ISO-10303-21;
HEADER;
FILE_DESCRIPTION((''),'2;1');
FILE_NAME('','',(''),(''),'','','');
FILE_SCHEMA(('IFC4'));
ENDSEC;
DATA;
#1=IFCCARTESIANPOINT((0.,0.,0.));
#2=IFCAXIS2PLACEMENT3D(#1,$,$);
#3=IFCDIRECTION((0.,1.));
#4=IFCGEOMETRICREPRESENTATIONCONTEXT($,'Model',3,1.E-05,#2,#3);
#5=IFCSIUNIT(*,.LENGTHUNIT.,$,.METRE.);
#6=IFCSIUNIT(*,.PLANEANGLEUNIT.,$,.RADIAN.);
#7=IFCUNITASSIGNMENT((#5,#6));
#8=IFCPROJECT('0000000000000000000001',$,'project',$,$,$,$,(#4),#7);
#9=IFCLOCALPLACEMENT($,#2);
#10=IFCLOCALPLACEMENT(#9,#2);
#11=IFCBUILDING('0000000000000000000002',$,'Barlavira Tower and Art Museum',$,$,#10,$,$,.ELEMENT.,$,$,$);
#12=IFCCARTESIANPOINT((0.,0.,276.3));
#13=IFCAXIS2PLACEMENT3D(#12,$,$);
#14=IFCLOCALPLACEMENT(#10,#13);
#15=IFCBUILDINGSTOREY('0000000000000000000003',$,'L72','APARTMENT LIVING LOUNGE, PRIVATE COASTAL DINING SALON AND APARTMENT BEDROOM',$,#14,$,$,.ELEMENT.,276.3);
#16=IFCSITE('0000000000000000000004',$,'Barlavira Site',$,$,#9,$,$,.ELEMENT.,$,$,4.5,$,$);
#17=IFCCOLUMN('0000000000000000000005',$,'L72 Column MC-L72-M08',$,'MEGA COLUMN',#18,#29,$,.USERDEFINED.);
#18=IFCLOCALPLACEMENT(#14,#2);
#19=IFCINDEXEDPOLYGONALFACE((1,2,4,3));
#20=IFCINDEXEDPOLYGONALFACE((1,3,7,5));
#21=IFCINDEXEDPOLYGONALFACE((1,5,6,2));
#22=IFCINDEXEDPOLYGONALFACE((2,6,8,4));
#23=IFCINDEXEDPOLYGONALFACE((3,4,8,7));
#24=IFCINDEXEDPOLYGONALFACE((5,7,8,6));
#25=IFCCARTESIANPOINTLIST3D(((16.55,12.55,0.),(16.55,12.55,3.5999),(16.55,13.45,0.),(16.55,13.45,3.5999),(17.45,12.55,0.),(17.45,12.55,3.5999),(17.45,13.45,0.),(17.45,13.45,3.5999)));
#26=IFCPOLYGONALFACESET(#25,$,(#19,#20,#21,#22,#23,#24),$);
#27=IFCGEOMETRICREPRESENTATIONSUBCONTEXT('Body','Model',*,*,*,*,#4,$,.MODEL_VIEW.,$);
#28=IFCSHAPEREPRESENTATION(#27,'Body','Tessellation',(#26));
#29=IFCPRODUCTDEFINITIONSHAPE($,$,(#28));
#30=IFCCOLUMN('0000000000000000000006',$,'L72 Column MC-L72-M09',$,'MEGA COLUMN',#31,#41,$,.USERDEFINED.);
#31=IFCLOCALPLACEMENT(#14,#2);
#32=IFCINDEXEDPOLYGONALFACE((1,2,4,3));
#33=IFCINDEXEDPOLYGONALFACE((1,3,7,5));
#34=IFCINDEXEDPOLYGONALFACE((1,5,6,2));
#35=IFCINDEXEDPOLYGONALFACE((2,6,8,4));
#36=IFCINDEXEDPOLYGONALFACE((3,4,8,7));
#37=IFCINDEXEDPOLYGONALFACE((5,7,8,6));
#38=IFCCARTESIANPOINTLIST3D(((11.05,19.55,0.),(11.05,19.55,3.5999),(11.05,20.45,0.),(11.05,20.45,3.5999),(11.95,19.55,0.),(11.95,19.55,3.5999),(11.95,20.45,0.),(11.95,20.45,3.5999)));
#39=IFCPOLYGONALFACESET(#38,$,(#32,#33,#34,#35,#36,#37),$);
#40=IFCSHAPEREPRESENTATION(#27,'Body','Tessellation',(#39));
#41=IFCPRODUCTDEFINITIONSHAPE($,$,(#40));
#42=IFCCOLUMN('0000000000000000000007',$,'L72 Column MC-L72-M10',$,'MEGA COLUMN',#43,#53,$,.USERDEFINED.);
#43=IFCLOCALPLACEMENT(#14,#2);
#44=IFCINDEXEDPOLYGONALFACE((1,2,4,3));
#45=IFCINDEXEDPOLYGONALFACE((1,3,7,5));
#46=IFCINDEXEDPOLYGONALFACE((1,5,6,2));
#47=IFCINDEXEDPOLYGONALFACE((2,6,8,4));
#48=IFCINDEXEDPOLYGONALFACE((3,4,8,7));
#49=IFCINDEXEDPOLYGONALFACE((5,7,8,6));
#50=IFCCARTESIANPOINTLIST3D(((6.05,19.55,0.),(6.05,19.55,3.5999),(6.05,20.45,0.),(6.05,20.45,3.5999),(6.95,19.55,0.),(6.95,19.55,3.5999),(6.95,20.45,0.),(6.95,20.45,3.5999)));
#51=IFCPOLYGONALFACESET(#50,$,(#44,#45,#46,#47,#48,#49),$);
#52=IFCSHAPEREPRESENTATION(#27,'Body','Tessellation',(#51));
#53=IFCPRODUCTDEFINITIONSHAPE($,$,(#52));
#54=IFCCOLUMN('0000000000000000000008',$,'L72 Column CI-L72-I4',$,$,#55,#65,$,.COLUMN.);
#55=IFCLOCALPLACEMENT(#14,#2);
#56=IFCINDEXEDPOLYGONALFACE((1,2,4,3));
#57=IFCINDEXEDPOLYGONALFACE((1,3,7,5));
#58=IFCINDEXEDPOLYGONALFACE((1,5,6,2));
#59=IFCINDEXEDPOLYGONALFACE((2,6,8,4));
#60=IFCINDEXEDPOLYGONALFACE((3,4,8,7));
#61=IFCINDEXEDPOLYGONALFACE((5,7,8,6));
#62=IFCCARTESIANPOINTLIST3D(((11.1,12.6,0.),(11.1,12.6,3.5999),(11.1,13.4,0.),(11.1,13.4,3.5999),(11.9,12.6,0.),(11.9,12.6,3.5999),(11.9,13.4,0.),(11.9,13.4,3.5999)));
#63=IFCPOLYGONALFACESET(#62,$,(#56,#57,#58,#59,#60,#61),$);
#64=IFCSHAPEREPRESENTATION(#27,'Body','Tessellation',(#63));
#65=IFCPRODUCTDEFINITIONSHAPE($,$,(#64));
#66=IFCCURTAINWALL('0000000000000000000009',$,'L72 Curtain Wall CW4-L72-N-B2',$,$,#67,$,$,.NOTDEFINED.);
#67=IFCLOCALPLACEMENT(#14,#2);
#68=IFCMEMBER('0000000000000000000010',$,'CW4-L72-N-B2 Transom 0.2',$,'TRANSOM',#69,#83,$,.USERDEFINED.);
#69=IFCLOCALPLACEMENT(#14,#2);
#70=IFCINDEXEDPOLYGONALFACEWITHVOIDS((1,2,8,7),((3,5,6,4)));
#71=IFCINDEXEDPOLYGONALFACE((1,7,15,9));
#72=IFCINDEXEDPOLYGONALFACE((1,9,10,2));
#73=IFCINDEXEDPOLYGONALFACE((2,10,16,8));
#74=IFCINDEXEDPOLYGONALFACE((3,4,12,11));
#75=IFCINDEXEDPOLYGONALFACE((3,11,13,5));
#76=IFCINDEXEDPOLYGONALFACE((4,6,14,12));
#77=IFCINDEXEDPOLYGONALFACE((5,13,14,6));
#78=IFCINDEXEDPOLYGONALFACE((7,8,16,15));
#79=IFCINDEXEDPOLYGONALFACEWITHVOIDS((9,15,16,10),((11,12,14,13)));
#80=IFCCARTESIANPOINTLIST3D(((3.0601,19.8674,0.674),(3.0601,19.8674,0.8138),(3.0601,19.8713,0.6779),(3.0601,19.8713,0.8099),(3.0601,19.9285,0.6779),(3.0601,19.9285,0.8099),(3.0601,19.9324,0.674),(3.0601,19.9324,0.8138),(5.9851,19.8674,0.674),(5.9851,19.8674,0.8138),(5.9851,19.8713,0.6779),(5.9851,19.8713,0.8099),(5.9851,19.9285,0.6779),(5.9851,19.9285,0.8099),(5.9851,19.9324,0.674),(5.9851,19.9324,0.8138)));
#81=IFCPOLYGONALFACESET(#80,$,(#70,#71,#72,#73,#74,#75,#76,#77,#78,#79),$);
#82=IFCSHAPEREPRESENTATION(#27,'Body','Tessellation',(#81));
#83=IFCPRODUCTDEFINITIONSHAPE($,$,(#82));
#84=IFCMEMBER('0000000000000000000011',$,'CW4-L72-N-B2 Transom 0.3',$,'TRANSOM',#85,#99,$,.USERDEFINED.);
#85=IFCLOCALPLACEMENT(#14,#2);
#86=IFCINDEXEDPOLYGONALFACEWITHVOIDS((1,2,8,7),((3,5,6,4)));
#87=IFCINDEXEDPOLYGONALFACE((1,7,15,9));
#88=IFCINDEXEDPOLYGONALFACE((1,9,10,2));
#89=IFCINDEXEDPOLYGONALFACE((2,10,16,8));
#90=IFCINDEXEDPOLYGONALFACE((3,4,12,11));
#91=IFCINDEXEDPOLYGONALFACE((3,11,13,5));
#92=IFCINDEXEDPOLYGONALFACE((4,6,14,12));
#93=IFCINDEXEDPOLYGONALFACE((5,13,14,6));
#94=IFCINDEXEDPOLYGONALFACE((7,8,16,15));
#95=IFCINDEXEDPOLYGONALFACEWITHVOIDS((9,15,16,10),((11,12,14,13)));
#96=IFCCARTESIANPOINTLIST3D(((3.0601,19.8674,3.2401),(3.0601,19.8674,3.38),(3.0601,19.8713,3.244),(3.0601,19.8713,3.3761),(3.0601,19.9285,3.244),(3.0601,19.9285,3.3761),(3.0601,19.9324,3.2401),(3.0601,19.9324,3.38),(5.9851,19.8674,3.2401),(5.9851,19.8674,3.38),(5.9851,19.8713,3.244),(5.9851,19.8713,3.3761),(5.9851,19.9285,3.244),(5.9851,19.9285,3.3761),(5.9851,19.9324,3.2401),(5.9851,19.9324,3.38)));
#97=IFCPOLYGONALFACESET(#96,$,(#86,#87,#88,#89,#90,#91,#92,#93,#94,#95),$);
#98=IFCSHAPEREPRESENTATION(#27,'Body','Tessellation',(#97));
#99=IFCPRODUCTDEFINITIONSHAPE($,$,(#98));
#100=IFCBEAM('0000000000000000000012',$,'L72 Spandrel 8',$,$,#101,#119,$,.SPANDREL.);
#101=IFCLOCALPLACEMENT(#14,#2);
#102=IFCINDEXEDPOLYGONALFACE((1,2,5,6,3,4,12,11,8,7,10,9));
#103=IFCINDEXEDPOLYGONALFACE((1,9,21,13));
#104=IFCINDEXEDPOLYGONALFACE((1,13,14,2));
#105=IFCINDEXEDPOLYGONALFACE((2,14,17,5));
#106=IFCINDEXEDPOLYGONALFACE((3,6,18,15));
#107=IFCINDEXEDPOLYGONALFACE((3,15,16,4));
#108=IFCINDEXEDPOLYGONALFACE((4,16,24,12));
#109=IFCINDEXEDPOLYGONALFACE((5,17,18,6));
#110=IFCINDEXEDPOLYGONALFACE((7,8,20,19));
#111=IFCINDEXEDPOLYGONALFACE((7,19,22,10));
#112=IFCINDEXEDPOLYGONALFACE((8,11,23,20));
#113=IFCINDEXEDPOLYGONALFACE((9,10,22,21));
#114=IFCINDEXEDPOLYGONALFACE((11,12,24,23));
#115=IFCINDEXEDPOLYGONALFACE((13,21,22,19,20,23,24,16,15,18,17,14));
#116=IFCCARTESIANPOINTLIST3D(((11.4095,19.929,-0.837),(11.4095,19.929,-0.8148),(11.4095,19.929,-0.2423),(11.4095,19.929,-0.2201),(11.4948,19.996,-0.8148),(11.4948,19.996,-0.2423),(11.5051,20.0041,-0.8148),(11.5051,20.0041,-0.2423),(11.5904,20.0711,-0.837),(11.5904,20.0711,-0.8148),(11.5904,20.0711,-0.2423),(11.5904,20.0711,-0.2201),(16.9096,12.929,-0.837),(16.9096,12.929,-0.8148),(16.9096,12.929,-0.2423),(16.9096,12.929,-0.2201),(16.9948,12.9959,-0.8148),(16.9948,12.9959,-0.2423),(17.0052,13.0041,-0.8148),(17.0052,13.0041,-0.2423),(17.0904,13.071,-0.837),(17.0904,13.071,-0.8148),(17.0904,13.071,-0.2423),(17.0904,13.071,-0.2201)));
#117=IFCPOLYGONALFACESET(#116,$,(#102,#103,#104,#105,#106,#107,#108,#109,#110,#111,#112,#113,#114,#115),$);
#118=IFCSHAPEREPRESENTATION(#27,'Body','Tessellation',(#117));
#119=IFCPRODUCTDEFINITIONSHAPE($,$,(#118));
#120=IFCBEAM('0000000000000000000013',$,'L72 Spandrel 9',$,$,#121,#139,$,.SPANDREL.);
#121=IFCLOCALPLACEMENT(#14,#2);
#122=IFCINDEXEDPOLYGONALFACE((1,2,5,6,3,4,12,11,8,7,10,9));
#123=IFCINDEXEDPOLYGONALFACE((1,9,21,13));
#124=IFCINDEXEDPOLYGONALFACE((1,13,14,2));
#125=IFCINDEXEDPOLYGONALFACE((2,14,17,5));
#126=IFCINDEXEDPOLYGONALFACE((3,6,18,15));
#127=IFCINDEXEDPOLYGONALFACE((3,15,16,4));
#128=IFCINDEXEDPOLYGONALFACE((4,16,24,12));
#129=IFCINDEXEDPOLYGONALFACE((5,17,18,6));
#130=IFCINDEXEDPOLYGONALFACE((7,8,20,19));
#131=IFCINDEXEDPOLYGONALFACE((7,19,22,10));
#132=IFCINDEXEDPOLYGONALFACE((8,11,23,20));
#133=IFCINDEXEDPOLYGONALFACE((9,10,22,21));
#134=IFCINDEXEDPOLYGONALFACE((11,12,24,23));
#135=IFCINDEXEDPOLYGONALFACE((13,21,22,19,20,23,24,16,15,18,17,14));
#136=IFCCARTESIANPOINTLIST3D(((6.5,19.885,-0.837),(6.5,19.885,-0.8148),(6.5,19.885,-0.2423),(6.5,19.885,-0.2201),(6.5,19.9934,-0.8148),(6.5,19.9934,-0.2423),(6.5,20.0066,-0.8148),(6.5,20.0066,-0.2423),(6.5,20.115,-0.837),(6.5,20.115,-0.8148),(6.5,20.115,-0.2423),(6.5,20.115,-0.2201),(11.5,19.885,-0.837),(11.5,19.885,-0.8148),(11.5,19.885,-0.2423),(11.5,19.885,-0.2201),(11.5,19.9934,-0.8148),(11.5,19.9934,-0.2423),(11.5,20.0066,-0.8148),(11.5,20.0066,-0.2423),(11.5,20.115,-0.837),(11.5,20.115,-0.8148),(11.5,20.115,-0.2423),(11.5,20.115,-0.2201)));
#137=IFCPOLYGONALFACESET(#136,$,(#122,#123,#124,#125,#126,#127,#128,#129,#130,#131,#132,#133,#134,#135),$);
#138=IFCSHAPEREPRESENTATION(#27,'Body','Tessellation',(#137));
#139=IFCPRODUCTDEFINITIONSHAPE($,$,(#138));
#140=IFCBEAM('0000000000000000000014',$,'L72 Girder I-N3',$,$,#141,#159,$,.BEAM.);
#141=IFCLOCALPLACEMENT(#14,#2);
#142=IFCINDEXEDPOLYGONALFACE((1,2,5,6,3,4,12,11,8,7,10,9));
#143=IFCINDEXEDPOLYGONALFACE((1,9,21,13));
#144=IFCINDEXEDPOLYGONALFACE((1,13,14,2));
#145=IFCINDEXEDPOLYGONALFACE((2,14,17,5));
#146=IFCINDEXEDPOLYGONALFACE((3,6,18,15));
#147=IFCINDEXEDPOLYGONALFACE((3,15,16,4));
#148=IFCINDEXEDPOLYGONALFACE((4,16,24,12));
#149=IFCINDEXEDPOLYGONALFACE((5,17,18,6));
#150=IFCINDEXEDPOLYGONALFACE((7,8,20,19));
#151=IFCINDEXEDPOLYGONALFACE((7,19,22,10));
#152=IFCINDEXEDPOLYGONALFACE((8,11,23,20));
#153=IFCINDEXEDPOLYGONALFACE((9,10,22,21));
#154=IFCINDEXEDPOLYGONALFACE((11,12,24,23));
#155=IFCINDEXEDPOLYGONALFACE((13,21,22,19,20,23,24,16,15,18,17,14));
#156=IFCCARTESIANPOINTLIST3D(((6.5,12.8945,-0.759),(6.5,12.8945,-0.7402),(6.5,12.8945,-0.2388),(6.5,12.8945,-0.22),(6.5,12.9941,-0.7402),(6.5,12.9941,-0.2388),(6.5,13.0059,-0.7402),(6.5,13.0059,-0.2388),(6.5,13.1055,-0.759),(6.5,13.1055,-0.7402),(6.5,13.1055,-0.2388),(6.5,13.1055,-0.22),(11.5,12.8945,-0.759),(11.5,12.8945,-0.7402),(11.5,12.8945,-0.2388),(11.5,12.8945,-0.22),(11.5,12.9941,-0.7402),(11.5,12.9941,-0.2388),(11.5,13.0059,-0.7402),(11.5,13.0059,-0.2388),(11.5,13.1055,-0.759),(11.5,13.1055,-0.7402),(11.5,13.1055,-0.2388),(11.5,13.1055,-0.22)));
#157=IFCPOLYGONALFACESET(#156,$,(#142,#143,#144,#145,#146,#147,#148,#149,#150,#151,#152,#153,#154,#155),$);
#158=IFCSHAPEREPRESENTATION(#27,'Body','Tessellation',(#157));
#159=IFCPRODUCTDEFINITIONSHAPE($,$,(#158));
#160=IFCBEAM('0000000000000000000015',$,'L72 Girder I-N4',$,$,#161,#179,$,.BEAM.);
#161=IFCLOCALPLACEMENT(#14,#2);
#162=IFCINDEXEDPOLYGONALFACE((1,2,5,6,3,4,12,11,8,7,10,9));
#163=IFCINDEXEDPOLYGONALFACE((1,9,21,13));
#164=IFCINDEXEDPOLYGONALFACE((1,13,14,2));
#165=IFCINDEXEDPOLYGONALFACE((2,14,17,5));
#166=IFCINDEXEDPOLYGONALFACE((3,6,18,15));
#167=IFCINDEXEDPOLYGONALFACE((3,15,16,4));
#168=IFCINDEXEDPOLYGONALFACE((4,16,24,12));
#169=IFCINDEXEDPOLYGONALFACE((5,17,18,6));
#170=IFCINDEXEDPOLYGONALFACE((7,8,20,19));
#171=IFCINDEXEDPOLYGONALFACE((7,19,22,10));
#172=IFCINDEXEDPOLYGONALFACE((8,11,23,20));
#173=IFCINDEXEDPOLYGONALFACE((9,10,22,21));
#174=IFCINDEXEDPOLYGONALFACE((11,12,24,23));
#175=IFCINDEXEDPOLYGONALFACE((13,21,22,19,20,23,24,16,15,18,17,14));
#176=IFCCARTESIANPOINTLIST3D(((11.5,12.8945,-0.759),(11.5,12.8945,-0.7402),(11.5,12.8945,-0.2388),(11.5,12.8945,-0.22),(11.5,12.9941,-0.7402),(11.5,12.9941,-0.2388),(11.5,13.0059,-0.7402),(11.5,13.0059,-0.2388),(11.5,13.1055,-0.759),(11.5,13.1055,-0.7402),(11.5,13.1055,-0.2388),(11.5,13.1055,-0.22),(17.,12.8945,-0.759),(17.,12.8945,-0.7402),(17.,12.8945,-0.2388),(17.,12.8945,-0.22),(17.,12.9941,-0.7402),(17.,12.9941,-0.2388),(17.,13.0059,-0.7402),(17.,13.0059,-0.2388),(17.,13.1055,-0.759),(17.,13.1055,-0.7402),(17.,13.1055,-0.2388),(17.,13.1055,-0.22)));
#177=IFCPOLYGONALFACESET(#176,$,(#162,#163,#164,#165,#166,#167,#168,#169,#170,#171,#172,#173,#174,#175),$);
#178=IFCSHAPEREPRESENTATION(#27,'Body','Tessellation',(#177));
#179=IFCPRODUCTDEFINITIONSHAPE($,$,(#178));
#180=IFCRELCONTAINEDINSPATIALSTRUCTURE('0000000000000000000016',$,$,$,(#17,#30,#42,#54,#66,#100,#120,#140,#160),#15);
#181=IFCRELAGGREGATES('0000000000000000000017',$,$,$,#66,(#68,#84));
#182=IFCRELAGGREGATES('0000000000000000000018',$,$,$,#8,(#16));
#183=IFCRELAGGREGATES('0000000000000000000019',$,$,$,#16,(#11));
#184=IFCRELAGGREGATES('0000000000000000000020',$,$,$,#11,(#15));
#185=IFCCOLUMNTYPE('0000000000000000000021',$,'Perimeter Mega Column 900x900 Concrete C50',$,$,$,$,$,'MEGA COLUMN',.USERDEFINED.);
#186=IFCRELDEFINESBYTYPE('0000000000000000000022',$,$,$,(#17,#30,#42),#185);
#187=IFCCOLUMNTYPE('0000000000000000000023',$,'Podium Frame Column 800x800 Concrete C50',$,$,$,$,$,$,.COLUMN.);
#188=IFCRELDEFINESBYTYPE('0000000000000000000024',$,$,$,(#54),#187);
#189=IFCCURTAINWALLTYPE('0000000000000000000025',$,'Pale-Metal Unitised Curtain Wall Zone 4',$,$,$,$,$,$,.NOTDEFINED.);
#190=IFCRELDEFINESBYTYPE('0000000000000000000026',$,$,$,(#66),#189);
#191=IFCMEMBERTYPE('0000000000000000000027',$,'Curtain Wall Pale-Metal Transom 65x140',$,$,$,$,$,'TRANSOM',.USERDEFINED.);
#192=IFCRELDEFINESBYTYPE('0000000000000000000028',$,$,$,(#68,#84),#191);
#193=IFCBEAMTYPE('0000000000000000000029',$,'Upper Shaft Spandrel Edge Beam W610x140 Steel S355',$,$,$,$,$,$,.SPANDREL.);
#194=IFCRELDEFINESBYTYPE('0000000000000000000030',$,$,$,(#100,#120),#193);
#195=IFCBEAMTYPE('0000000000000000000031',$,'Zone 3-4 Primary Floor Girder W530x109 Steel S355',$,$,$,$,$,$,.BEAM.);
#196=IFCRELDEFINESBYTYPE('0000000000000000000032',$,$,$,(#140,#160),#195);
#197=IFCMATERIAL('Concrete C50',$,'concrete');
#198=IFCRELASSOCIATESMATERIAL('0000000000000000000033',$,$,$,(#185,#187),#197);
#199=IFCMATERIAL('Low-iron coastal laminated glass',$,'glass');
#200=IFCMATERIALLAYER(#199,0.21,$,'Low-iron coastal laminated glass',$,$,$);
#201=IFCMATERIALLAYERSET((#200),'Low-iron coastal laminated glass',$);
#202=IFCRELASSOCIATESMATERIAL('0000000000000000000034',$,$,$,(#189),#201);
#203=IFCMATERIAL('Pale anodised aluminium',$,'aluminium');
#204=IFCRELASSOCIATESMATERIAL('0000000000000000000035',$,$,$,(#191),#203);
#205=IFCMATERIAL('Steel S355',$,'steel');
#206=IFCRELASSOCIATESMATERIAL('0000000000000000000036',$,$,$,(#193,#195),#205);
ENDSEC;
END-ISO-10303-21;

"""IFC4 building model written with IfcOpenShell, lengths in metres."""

from ifc_helpers import new_model, si_unit, direction, frame, origin, origin_2d, place, context, subcontext, project, spatial, rectangle, hollow_rectangle, i_section, extrude, material, layer, layer_set, material_profile, profile_set, type_object, element, aggregate, save


model = new_model("IFC4")

# Units and contexts
model_context = context("Model", 3, precision=1e-05, world=origin(), true_north=direction((0.0, 1.0)))
body_context = subcontext(model_context, "Body", "Model", "MODEL_VIEW")
ifc_project = project(units=[si_unit("LENGTHUNIT", "METRE"), si_unit("PLANEANGLEUNIT", "RADIAN")], contexts=[model_context])

# Site, building, storey
site_placement = place(None, origin())
site = spatial("IfcSite", under=ifc_project, at=site_placement, Name="Barlavira Site", CompositionType="ELEMENT", RefElevation=4.5)
building_placement = place(site_placement, origin())
building = spatial("IfcBuilding", under=site, at=building_placement, Name="Barlavira Tower and Art Museum", CompositionType="ELEMENT")
storey_placement = place(building_placement, frame((0.0, 0.0, 276.3)))
storey = spatial("IfcBuildingStorey", under=building, at=storey_placement, Name="L72", Description="APARTMENT LIVING LOUNGE, PRIVATE COASTAL DINING SALON AND APARTMENT BEDROOM", CompositionType="ELEMENT", Elevation=276.3)

# Columns
ifc_material_1 = material(Name="Concrete C50", Category="concrete")
ifc_material_profile_1 = material_profile(ifc_material_1, rectangle(XDim=0.8999, YDim=0.8999, at=origin_2d()), Name="RC-COL 900x900")
ifc_profile_set_1 = profile_set([ifc_material_profile_1], Name="Concrete C50")
column_type_1 = type_object("IfcColumnType", Name="Perimeter Mega Column 900x900 Concrete C50", ElementType="MEGA COLUMN", PredefinedType="USERDEFINED", material=ifc_profile_set_1)
for number, where, z_axis, x_axis, name in (
    (1, (17.0, 13.0, 0.0), (0.0, 0.0, 1.0), (1.0, 0.0, 0.0), "L72 Column MC-L72-M08"),
    (2, (11.5, 20.0, 0.0), (0.0, 0.0, 1.0), (1.0, 0.0, 0.0), "L72 Column MC-L72-M09"),
    (3, (6.5, 20.0, 0.0), (0.0, 0.0, 1.0), (1.0, 0.0, 0.0), "L72 Column MC-L72-M10"),
):
    element("IfcColumn", number, at=place(storey_placement, frame(where, z_axis=z_axis, x_axis=x_axis)), inside=storey, type_object=column_type_1, Name=name, ObjectType="MEGA COLUMN", PredefinedType="USERDEFINED", context=body_context, shape_type="SweptSolid", body=[
        extrude(rectangle(XDim=0.8999, YDim=0.8999, at=origin_2d()), origin(), (0.0, 0.0, 1.0), 3.5999),
    ])
ifc_material_profile_2 = material_profile(ifc_material_1, rectangle(XDim=0.8, YDim=0.8, at=origin_2d()), Name="RC-COL 800x800")
ifc_profile_set_2 = profile_set([ifc_material_profile_2], Name="Concrete C50")
column_type_2 = type_object("IfcColumnType", Name="Podium Frame Column 800x800 Concrete C50", PredefinedType="COLUMN", material=ifc_profile_set_2)
column_placement = place(storey_placement, frame((11.5, 13.0, 0.0), z_axis=(0.0, 0.0, 1.0), x_axis=(1.0, 0.0, 0.0)))
element("IfcColumn", 4, at=column_placement, inside=storey, type_object=column_type_2, Name="L72 Column CI-L72-I4", PredefinedType="COLUMN", context=body_context, shape_type="SweptSolid", body=[
    extrude(rectangle(XDim=0.8, YDim=0.8, at=origin_2d()), origin(), (0.0, 0.0, 1.0), 3.5999),
])

# Curtain wall, members
ifc_material_2 = material(Name="Low-iron coastal laminated glass", Category="glass")
ifc_layer_1 = layer(ifc_material_2, 0.21, Name="Low-iron coastal laminated glass")
ifc_layer_set_1 = layer_set([ifc_layer_1], Name="Low-iron coastal laminated glass")
curtain_wall_type = type_object("IfcCurtainWallType", Name="Pale-Metal Unitised Curtain Wall Zone 4", PredefinedType="NOTDEFINED", material=ifc_layer_set_1)
curtain_wall_placement = place(storey_placement, origin())
curtain_wall = element("IfcCurtainWall", 5, at=curtain_wall_placement, inside=storey, type_object=curtain_wall_type, Name="L72 Curtain Wall CW4-L72-N-B2", PredefinedType="NOTDEFINED")
ifc_material_3 = material(Name="Pale anodised aluminium", Category="aluminium")
ifc_material_profile_3 = material_profile(ifc_material_3, hollow_rectangle(XDim=0.0649, YDim=0.1399, WallThickness=0.0039, at=origin_2d()), Name="ALU-TRAN 65x140x4")
ifc_profile_set_3 = profile_set([ifc_material_profile_3], Name="Pale anodised aluminium")
member_type = type_object("IfcMemberType", Name="Curtain Wall Pale-Metal Transom 65x140", ElementType="TRANSOM", PredefinedType="USERDEFINED", material=ifc_profile_set_3)
member_1_placement = place(storey_placement, frame((5.9851, 19.8999, 0.7439), z_axis=(-1.0, 0.0, 0.0), x_axis=(0.0, -1.0, 0.0)))
member_1 = element("IfcMember", 6, at=member_1_placement, type_object=member_type, Name="CW4-L72-N-B2 Transom 0.2", ObjectType="TRANSOM", PredefinedType="USERDEFINED", context=body_context, shape_type="SweptSolid", body=[
    extrude(hollow_rectangle(XDim=0.0649, YDim=0.1399, WallThickness=0.0039, at=origin_2d()), origin(), (0.0, 0.0, 1.0), 2.925),
])
member_2_placement = place(storey_placement, frame((5.9851, 19.8999, 3.3101), z_axis=(-1.0, 0.0, 0.0), x_axis=(0.0, -1.0, 0.0)))
member_2 = element("IfcMember", 7, at=member_2_placement, type_object=member_type, Name="CW4-L72-N-B2 Transom 0.3", ObjectType="TRANSOM", PredefinedType="USERDEFINED", context=body_context, shape_type="SweptSolid", body=[
    extrude(hollow_rectangle(XDim=0.0649, YDim=0.1399, WallThickness=0.0039, at=origin_2d()), origin(), (0.0, 0.0, 1.0), 2.925),
])
aggregate(curtain_wall, [member_1, member_2])

# Beams
ifc_material_4 = material(Name="Steel S355", Category="steel")
ifc_material_profile_4 = material_profile(ifc_material_4, i_section(OverallWidth=0.23, OverallDepth=0.6169, WebThickness=0.0132, FlangeThickness=0.0222, at=origin_2d()), Name="W610x140.0")
ifc_profile_set_4 = profile_set([ifc_material_profile_4], Name="Steel S355")
beam_type_1 = type_object("IfcBeamType", Name="Upper Shaft Spandrel Edge Beam W610x140 Steel S355", PredefinedType="SPANDREL", material=ifc_profile_set_4)
beam_1_placement = place(storey_placement, frame((17.0, 13.0, -0.5286), z_axis=(-0.617822, 0.786318, 0.0), x_axis=(-0.786318, -0.617822, 0.0)))
element("IfcBeam", 8, at=beam_1_placement, inside=storey, type_object=beam_type_1, Name="L72 Spandrel 8", PredefinedType="SPANDREL", context=body_context, shape_type="SweptSolid", body=[
    extrude(i_section(OverallWidth=0.23, OverallDepth=0.6169, WebThickness=0.0132, FlangeThickness=0.0222, at=origin_2d()), origin(), (0.0, 0.0, 1.0), 8.9023),
])
beam_2_placement = place(storey_placement, frame((6.5, 20.0, -0.5286), z_axis=(1.0, 0.0, 0.0), x_axis=(0.0, 1.0, 0.0)))
element("IfcBeam", 9, at=beam_2_placement, inside=storey, type_object=beam_type_1, Name="L72 Spandrel 9", PredefinedType="SPANDREL", context=body_context, shape_type="SweptSolid", body=[
    extrude(i_section(OverallWidth=0.23, OverallDepth=0.6169, WebThickness=0.0132, FlangeThickness=0.0222, at=origin_2d()), origin(), (0.0, 0.0, 1.0), 5.0),
])
ifc_material_profile_5 = material_profile(ifc_material_4, i_section(OverallWidth=0.2109, OverallDepth=0.5391, WebThickness=0.0117, FlangeThickness=0.0188, at=origin_2d()), Name="W530x109.0")
ifc_profile_set_5 = profile_set([ifc_material_profile_5], Name="Steel S355")
beam_type_2 = type_object("IfcBeamType", Name="Zone 3-4 Primary Floor Girder W530x109 Steel S355", PredefinedType="BEAM", material=ifc_profile_set_5)
beam_3_placement = place(storey_placement, frame((6.5, 13.0, -0.4895), z_axis=(1.0, 0.0, 0.0), x_axis=(0.0, 1.0, 0.0)))
element("IfcBeam", 10, at=beam_3_placement, inside=storey, type_object=beam_type_2, Name="L72 Girder I-N3", PredefinedType="BEAM", context=body_context, shape_type="SweptSolid", body=[
    extrude(i_section(OverallWidth=0.2109, OverallDepth=0.5391, WebThickness=0.0117, FlangeThickness=0.0188, at=origin_2d()), origin(), (0.0, 0.0, 1.0), 5.0),
])
beam_4_placement = place(storey_placement, frame((11.5, 13.0, -0.4895), z_axis=(1.0, 0.0, 0.0), x_axis=(0.0, 1.0, 0.0)))
element("IfcBeam", 11, at=beam_4_placement, inside=storey, type_object=beam_type_2, Name="L72 Girder I-N4", PredefinedType="BEAM", context=body_context, shape_type="SweptSolid", body=[
    extrude(i_section(OverallWidth=0.2109, OverallDepth=0.5391, WebThickness=0.0117, FlangeThickness=0.0188, at=origin_2d()), origin(), (0.0, 0.0, 1.0), 5.5),
])

save(model, "model.ifc")
